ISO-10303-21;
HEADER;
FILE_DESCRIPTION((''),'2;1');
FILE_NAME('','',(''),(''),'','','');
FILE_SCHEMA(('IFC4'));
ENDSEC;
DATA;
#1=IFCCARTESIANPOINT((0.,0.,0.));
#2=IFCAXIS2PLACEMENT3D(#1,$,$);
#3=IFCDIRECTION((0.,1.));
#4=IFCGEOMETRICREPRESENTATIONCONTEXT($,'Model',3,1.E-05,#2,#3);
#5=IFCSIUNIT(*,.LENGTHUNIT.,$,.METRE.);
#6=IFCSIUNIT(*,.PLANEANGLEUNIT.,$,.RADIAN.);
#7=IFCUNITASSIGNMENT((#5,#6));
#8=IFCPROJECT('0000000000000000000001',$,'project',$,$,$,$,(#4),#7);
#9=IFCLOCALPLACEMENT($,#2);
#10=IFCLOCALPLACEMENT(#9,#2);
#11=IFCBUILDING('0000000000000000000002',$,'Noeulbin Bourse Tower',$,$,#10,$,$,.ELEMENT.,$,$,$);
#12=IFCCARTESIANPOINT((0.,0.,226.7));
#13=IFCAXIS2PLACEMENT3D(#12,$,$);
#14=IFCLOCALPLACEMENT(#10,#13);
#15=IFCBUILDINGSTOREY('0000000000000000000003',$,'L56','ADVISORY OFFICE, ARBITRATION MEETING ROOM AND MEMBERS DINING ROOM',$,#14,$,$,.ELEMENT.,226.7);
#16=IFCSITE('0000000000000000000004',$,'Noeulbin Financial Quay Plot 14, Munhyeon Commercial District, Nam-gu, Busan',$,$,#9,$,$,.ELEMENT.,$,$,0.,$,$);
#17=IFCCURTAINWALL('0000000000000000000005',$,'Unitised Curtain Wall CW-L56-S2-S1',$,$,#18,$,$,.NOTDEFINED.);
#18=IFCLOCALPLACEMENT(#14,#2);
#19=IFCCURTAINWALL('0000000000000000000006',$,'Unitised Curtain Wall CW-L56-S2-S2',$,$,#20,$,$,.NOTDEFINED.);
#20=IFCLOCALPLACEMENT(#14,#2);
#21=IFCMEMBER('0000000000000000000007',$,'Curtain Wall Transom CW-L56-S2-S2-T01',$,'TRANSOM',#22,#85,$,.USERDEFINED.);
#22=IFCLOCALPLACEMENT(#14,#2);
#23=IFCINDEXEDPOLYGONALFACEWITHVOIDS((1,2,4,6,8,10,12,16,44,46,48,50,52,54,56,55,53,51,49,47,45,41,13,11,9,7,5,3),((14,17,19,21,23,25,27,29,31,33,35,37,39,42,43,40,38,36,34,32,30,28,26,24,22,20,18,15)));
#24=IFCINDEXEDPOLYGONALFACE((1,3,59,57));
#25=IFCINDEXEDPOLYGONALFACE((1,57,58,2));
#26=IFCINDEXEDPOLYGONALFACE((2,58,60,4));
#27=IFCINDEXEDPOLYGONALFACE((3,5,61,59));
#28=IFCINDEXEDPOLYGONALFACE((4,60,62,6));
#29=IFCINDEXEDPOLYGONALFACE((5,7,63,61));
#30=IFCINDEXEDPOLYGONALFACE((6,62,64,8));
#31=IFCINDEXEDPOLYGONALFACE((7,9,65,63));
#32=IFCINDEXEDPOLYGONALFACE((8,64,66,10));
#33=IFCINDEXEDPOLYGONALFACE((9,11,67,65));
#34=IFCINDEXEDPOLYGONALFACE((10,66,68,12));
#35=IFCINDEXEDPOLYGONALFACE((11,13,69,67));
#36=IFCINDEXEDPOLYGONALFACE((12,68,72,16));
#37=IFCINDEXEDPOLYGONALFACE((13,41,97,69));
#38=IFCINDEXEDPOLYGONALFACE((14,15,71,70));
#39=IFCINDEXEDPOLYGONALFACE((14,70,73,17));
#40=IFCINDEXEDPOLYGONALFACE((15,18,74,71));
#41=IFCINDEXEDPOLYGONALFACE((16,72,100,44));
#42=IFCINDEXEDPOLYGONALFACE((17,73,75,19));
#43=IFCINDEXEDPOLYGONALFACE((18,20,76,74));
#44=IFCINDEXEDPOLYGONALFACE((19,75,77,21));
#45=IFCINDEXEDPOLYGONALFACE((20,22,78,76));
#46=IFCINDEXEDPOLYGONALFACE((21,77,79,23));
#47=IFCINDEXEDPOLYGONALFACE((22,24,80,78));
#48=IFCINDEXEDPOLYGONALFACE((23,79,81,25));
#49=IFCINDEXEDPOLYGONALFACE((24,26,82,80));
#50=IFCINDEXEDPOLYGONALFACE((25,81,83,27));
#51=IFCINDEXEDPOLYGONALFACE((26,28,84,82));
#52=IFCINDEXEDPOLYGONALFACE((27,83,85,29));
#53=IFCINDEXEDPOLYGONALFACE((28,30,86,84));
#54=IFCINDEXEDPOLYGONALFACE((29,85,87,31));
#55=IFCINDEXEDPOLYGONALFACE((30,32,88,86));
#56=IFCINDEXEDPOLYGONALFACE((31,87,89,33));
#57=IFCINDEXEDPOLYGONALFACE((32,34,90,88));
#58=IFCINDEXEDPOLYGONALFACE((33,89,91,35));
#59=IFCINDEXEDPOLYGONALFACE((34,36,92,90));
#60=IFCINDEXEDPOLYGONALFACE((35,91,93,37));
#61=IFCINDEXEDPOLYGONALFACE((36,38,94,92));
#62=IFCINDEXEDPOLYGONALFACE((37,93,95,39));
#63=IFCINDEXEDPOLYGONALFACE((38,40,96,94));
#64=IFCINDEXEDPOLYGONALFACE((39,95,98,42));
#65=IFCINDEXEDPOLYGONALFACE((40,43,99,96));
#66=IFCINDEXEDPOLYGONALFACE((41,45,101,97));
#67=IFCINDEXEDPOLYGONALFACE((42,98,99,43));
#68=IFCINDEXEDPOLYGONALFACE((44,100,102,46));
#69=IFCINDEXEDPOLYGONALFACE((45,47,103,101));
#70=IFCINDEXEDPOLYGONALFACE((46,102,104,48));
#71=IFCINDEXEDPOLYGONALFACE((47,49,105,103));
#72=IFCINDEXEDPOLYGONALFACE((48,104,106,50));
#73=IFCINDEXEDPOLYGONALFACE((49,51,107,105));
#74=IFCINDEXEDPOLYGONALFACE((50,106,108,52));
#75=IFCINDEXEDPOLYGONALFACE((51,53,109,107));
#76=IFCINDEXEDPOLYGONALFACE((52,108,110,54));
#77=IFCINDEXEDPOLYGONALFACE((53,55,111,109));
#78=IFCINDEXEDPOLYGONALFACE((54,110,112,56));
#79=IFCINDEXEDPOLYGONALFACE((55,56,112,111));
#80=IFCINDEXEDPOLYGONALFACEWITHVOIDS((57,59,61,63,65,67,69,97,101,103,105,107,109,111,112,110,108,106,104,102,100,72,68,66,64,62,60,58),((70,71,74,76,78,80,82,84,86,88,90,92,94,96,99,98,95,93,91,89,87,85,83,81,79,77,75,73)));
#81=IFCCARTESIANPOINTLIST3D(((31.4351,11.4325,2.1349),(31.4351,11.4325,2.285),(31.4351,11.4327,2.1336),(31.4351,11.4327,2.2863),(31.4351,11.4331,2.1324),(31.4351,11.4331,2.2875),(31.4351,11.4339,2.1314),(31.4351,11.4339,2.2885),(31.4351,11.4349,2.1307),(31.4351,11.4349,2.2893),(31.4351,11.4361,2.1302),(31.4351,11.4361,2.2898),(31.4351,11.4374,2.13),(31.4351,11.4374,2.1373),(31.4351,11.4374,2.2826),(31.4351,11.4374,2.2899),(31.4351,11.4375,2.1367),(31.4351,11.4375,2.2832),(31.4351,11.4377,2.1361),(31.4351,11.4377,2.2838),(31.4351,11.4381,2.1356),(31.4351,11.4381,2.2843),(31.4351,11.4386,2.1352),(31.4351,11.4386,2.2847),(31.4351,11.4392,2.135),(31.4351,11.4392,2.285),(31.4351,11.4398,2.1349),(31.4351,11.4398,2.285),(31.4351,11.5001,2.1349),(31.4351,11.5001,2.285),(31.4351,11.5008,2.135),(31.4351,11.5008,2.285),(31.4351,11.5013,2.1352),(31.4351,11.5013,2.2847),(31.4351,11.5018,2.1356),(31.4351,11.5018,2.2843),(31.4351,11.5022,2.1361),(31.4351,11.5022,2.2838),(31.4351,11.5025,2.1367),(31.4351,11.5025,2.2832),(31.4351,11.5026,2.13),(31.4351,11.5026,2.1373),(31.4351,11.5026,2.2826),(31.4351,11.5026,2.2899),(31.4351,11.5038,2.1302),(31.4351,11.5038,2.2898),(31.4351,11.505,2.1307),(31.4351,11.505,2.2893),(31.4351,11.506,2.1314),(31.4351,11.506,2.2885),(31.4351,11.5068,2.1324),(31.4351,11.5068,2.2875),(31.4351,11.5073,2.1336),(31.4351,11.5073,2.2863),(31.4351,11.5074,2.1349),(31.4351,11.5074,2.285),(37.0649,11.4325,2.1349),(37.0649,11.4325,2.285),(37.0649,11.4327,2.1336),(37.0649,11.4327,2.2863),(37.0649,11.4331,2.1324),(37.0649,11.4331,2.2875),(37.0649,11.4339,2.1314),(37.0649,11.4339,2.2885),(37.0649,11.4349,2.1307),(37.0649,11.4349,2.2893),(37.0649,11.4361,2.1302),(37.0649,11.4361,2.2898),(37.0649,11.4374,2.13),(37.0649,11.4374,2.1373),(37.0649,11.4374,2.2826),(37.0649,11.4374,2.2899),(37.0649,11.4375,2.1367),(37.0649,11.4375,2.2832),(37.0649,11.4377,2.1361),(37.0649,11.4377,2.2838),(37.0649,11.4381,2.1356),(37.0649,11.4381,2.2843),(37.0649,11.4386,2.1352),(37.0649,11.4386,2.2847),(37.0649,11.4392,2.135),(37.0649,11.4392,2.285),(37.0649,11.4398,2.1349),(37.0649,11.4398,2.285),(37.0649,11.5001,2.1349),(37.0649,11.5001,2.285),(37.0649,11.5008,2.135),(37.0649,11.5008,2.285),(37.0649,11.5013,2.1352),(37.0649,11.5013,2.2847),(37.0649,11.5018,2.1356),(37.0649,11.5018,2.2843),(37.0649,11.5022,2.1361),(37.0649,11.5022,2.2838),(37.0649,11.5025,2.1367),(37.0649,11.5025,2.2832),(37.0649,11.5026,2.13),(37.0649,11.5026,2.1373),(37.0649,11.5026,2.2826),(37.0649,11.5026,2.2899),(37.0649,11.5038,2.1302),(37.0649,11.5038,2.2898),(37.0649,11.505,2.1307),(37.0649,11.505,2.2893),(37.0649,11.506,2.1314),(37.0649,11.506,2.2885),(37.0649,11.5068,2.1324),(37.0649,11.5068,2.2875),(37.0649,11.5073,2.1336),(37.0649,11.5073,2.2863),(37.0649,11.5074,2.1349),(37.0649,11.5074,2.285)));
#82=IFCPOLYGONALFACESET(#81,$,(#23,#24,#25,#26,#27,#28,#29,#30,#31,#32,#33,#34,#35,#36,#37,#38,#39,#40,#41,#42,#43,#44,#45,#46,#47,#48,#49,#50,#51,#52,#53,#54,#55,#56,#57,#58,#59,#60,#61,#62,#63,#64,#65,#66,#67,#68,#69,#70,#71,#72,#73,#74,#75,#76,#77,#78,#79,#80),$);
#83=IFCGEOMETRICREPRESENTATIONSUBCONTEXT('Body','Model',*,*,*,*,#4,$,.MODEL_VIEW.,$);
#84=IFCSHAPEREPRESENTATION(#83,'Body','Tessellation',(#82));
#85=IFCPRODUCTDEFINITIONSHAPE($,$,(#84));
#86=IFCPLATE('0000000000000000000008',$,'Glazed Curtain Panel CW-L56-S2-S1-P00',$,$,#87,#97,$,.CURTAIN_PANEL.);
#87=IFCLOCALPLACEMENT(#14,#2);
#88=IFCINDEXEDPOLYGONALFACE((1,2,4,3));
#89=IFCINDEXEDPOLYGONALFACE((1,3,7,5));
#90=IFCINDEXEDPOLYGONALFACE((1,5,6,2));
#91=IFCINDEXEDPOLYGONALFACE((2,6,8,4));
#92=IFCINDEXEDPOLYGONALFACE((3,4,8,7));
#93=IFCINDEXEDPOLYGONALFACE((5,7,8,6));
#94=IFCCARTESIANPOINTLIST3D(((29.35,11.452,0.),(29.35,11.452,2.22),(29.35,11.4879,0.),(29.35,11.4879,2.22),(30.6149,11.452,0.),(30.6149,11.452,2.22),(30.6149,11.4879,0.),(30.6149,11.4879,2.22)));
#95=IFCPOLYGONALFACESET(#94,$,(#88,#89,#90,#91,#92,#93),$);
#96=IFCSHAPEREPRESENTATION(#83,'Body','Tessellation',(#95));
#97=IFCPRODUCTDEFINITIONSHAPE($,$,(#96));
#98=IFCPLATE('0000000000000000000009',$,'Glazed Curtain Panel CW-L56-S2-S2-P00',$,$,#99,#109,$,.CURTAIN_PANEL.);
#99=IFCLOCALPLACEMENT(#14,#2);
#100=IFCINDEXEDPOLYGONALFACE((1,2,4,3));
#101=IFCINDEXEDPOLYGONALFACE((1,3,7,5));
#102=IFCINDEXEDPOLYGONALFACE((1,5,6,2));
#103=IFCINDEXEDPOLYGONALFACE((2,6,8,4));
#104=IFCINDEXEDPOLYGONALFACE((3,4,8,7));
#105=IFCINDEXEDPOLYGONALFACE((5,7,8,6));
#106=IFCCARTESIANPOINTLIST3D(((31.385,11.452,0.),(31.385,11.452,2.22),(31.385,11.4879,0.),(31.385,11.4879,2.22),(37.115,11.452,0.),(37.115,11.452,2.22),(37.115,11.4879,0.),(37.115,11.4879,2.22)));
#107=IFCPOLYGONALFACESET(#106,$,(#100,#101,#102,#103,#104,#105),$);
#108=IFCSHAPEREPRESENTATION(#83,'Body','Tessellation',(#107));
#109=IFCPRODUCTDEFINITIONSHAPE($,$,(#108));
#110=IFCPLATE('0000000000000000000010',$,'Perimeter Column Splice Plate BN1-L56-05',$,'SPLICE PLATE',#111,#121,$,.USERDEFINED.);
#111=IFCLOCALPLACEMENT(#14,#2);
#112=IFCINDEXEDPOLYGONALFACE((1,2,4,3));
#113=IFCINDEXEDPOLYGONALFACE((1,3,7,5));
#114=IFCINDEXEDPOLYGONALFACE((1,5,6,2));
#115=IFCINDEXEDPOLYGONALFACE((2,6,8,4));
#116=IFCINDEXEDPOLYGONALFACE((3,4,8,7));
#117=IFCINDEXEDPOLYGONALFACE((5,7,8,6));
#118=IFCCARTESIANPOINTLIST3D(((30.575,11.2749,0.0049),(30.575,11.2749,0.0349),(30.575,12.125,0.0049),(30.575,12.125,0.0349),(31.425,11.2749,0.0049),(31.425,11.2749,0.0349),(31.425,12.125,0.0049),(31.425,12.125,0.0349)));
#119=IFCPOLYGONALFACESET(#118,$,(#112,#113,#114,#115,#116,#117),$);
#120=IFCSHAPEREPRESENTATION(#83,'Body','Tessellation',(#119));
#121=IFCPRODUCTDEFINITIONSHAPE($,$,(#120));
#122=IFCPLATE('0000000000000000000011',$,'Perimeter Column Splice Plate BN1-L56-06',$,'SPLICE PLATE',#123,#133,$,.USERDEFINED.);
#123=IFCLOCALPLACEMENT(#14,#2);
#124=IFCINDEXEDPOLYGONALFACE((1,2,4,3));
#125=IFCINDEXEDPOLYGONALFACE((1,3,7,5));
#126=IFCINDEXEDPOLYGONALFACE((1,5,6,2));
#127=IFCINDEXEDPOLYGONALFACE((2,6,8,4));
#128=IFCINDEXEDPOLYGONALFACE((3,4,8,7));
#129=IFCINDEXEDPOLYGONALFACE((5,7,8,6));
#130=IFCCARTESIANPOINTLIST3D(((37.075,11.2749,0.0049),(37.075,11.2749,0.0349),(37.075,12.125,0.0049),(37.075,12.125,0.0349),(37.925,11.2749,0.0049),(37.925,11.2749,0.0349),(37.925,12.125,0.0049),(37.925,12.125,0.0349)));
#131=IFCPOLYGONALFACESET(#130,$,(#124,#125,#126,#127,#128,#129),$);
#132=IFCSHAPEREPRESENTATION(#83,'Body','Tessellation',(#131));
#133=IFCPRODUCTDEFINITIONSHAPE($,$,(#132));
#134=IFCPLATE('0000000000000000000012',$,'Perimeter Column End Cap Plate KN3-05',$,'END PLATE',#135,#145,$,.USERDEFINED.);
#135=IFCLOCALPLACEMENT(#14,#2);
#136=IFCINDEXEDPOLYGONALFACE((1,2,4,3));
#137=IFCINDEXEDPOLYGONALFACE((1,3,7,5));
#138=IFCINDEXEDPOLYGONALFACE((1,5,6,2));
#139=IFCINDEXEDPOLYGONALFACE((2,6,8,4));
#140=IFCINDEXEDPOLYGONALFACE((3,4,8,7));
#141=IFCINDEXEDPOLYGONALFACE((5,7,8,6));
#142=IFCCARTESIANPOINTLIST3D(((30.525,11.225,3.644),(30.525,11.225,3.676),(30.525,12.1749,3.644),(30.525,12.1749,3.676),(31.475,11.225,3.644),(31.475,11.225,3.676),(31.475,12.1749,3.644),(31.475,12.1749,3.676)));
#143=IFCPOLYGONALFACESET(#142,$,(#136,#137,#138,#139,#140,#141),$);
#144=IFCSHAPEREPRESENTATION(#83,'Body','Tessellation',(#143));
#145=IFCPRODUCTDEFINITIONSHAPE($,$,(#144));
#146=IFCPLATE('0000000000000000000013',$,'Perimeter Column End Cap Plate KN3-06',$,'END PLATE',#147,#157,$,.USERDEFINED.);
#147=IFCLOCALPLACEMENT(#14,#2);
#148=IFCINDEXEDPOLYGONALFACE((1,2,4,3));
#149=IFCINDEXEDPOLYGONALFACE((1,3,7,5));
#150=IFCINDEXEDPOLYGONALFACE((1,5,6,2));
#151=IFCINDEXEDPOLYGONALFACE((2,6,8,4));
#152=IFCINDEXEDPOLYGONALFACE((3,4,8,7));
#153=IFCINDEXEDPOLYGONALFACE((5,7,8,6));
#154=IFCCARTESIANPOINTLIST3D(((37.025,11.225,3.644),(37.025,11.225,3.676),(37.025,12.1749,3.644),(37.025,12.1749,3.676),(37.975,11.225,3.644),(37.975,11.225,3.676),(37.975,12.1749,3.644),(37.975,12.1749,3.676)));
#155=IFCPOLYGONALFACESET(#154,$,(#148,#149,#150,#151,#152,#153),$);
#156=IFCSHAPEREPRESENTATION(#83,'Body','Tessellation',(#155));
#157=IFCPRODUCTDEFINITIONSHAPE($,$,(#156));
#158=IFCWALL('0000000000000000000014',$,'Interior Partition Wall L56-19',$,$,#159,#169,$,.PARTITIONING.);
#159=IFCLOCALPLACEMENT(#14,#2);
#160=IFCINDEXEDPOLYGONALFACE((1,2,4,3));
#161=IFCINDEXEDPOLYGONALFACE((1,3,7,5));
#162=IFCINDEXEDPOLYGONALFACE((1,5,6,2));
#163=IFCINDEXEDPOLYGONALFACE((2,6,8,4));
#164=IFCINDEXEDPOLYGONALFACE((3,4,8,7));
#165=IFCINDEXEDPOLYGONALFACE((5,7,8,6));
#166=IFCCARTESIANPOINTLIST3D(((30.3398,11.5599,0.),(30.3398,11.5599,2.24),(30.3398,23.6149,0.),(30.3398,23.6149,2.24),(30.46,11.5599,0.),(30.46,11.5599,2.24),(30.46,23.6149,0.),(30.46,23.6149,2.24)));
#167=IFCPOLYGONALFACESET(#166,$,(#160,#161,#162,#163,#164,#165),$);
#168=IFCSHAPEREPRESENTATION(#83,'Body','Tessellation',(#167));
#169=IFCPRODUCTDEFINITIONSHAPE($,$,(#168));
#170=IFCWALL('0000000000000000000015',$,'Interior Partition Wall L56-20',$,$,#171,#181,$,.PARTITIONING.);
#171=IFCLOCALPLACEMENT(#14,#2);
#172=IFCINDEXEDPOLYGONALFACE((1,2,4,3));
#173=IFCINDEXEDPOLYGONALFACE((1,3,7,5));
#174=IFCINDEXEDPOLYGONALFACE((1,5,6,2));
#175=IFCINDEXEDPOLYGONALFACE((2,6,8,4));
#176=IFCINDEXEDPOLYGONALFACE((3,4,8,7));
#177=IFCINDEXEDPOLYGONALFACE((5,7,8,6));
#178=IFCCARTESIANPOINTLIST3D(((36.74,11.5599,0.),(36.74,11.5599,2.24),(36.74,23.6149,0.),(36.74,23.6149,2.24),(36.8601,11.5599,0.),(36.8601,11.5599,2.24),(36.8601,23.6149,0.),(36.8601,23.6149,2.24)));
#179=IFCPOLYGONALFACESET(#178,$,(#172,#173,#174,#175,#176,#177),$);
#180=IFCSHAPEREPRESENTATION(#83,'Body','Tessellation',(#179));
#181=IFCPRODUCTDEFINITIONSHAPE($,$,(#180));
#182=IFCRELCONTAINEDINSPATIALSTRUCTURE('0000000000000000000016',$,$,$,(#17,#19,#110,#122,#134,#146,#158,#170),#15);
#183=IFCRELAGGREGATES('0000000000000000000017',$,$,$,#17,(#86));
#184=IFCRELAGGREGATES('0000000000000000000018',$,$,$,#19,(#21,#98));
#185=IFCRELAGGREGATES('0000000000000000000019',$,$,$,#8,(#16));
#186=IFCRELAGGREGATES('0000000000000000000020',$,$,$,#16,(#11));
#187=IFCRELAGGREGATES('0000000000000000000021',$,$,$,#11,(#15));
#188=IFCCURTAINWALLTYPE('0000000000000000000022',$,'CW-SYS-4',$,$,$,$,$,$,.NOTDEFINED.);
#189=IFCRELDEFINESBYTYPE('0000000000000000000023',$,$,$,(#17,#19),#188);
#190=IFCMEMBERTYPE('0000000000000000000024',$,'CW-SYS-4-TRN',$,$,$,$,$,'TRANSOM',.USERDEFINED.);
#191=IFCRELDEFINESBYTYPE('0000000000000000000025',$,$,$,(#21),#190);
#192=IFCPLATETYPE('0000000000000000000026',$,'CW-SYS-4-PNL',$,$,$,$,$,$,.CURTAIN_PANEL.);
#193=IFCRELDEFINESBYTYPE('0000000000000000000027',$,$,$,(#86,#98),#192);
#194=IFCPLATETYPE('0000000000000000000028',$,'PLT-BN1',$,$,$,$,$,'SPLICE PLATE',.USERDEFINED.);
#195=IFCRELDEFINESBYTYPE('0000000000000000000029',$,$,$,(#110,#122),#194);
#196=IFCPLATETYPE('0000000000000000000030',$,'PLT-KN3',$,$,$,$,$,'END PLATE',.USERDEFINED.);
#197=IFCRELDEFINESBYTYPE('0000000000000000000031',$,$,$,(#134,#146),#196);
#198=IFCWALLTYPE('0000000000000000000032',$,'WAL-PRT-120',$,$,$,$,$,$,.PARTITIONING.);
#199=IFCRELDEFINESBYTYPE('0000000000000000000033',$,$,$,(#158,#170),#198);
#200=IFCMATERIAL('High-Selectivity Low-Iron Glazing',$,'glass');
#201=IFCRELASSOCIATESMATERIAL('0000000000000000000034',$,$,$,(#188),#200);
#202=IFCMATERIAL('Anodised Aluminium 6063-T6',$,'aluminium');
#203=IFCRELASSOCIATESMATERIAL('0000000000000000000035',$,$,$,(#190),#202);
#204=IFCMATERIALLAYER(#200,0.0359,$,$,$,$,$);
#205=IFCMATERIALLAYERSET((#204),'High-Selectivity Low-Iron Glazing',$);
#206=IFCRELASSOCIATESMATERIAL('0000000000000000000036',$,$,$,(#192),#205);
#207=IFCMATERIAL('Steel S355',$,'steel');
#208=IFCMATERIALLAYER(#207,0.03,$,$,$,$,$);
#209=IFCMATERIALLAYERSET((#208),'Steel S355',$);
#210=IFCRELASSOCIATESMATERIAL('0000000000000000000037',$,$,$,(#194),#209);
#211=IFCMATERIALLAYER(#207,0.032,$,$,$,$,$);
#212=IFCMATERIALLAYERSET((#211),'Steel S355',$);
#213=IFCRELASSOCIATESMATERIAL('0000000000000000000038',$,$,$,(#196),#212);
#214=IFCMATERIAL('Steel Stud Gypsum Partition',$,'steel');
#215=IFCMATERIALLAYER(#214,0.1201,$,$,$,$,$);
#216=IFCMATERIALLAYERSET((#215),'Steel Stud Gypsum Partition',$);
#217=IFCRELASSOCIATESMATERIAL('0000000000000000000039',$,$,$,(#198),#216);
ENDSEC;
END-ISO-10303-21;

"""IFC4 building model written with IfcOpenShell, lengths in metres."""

from ifc_helpers import new_model, si_unit, direction, frame, frame_2d, origin, origin_2d, place, context, subcontext, project, spatial, rectangle, hollow_rectangle, extrude, material, layer, layer_set, material_profile, profile_set, type_object, element, aggregate, save


model = new_model("IFC4")

# Units and contexts
model_context = context("Model", 3, precision=1e-05, world=origin(), true_north=direction((0.0, 1.0)))
body_context = subcontext(model_context, "Body", "Model", "MODEL_VIEW")
ifc_project = project(units=[si_unit("LENGTHUNIT", "METRE"), si_unit("PLANEANGLEUNIT", "RADIAN")], contexts=[model_context])

# Site, building, storey
site_placement = place(None, origin())
site = spatial("IfcSite", under=ifc_project, at=site_placement, Name="Noeulbin Financial Quay Plot 14, Munhyeon Commercial District, Nam-gu, Busan", CompositionType="ELEMENT", RefElevation=0.0)
building_placement = place(site_placement, origin())
building = spatial("IfcBuilding", under=site, at=building_placement, Name="Noeulbin Bourse Tower", CompositionType="ELEMENT")
storey_placement = place(building_placement, frame((0.0, 0.0, 226.7)))
storey = spatial("IfcBuildingStorey", under=building, at=storey_placement, Name="L56", Description="ADVISORY OFFICE, ARBITRATION MEETING ROOM AND MEMBERS DINING ROOM", CompositionType="ELEMENT", Elevation=226.7)

# Shared definitions
ifc_material_1 = material(Name="Steel S355", Category="steel")

# Curtain wall
ifc_material_2 = material(Name="High-Selectivity Low-Iron Glazing", Category="glass")
curtain_wall_type = type_object("IfcCurtainWallType", Name="CW-SYS-4", PredefinedType="NOTDEFINED", material=ifc_material_2)
curtain_wall_1_placement = place(storey_placement, origin())
curtain_wall_1 = element("IfcCurtainWall", 1, at=curtain_wall_1_placement, inside=storey, type_object=curtain_wall_type, Name="Unitised Curtain Wall CW-L56-S2-S1", PredefinedType="NOTDEFINED")
ifc_material_3 = material(Name="Anodised Aluminium 6063-T6", Category="aluminium")

# Curtain wall
curtain_wall_2_placement = place(storey_placement, origin())
curtain_wall_2 = element("IfcCurtainWall", 2, at=curtain_wall_2_placement, inside=storey, type_object=curtain_wall_type, Name="Unitised Curtain Wall CW-L56-S2-S2", PredefinedType="NOTDEFINED")

# Member
ifc_material_profile_1 = material_profile(ifc_material_3, hollow_rectangle(XDim=0.075, YDim=0.1599, WallThickness=0.0049, InnerFilletRadius=0.0024, OuterFilletRadius=0.0049, at=origin_2d()), Name="ALU-TRAN-75x160x5", Category="LoadBearing")
ifc_profile_set_1 = profile_set([ifc_material_profile_1], Name="Anodised Aluminium 6063-T6")
member_type_1 = type_object("IfcMemberType", Name="CW-SYS-4-TRN", ElementType="TRANSOM", PredefinedType="USERDEFINED", material=ifc_profile_set_1)
member_1_placement = place(storey_placement, frame((31.4351, 11.47, 2.21), z_axis=(1.0, 0.0, 0.0), x_axis=(0.0, 1.0, 0.0)))
member_1 = element("IfcMember", 3, at=member_1_placement, type_object=member_type_1, Name="Curtain Wall Transom CW-L56-S2-S2-T01", ObjectType="TRANSOM", PredefinedType="USERDEFINED", context=body_context, shape_type="SweptSolid", body=[
    extrude(hollow_rectangle(XDim=0.075, YDim=0.1599, WallThickness=0.0049, InnerFilletRadius=0.0024, OuterFilletRadius=0.0049, at=origin_2d()), origin(), (0.0, 0.0, 1.0), 5.6299),
])

# Plates
ifc_layer_1 = layer(ifc_material_2, 0.0359)
ifc_layer_set_1 = layer_set([ifc_layer_1], Name="High-Selectivity Low-Iron Glazing")
plate_type_1 = type_object("IfcPlateType", Name="CW-SYS-4-PNL", PredefinedType="CURTAIN_PANEL", material=ifc_layer_set_1)
plate_1_placement = place(storey_placement, frame((29.9824, 11.47, 0.0), z_axis=(0.0, 0.0, 1.0), x_axis=(1.0, 0.0, 0.0)))
plate_1 = element("IfcPlate", 4, at=plate_1_placement, type_object=plate_type_1, Name="Glazed Curtain Panel CW-L56-S2-S1-P00", PredefinedType="CURTAIN_PANEL", context=body_context, shape_type="SweptSolid", body=[
    extrude(rectangle(XDim=1.2649, YDim=0.0359, at=origin_2d()), origin(), (0.0, 0.0, 1.0), 2.22),
])
aggregate(curtain_wall_1, [plate_1])
plate_2_placement = place(storey_placement, frame((34.25, 11.47, 0.0), z_axis=(0.0, 0.0, 1.0), x_axis=(1.0, 0.0, 0.0)))
plate_2 = element("IfcPlate", 5, at=plate_2_placement, type_object=plate_type_1, Name="Glazed Curtain Panel CW-L56-S2-S2-P00", PredefinedType="CURTAIN_PANEL", context=body_context, shape_type="SweptSolid", body=[
    extrude(rectangle(XDim=5.73, YDim=0.0359, at=origin_2d()), origin(), (0.0, 0.0, 1.0), 2.22),
])
aggregate(curtain_wall_2, [member_1, plate_2])

# Plates
ifc_layer_2 = layer(ifc_material_1, 0.03)
ifc_layer_set_2 = layer_set([ifc_layer_2], Name="Steel S355")
plate_type_2 = type_object("IfcPlateType", Name="PLT-BN1", ElementType="SPLICE PLATE", PredefinedType="USERDEFINED", material=ifc_layer_set_2)
for number, where, z_axis, x_axis, name in (
    (6, (31.0, 11.7, 0.0049), (0.0, 0.0, 1.0), (1.0, 0.0, 0.0), "Perimeter Column Splice Plate BN1-L56-05"),
    (7, (37.5, 11.7, 0.0049), (0.0, 0.0, 1.0), (1.0, 0.0, 0.0), "Perimeter Column Splice Plate BN1-L56-06"),
):
    element("IfcPlate", number, at=place(storey_placement, frame(where, z_axis=z_axis, x_axis=x_axis)), inside=storey, type_object=plate_type_2, Name=name, ObjectType="SPLICE PLATE", PredefinedType="USERDEFINED", context=body_context, shape_type="SweptSolid", body=[
        extrude(rectangle(XDim=0.8501, YDim=0.8501, at=origin_2d()), origin(), (0.0, 0.0, 1.0), 0.03),
    ])
ifc_layer_3 = layer(ifc_material_1, 0.032)
ifc_layer_set_3 = layer_set([ifc_layer_3], Name="Steel S355")
plate_type_3 = type_object("IfcPlateType", Name="PLT-KN3", ElementType="END PLATE", PredefinedType="USERDEFINED", material=ifc_layer_set_3)
for number, where, z_axis, x_axis, name in (
    (8, (31.0, 11.7, 3.644), (0.0, 0.0, 1.0), (1.0, 0.0, 0.0), "Perimeter Column End Cap Plate KN3-05"),
    (9, (37.5, 11.7, 3.644), (0.0, 0.0, 1.0), (1.0, 0.0, 0.0), "Perimeter Column End Cap Plate KN3-06"),
):
    element("IfcPlate", number, at=place(storey_placement, frame(where, z_axis=z_axis, x_axis=x_axis)), inside=storey, type_object=plate_type_3, Name=name, ObjectType="END PLATE", PredefinedType="USERDEFINED", context=body_context, shape_type="SweptSolid", body=[
        extrude(rectangle(XDim=0.95, YDim=0.95, at=origin_2d()), origin(), (0.0, 0.0, 1.0), 0.032),
    ])

# Walls
ifc_material_4 = material(Name="Steel Stud Gypsum Partition", Category="steel")
ifc_layer_4 = layer(ifc_material_4, 0.1201)
ifc_layer_set_4 = layer_set([ifc_layer_4], Name="Steel Stud Gypsum Partition")
wall_type = type_object("IfcWallType", Name="WAL-PRT-120", PredefinedType="PARTITIONING", material=ifc_layer_set_4)
for number, where, z_axis, x_axis, name in (
    (10, (30.3999, 11.5601, 0.0), (0.0, 0.0, 1.0), (0.0, 1.0, 0.0), "Interior Partition Wall L56-19"),
    (11, (36.8, 11.5601, 0.0), (0.0, 0.0, 1.0), (0.0, 1.0, 0.0), "Interior Partition Wall L56-20"),
):
    element("IfcWall", number, at=place(storey_placement, frame(where, z_axis=z_axis, x_axis=x_axis)), inside=storey, type_object=wall_type, Name=name, PredefinedType="PARTITIONING", context=body_context, shape_type="SweptSolid", body=[
        extrude(rectangle(XDim=12.0549, YDim=0.1201, at=frame_2d((6.0273, 0.0))), origin(), (0.0, 0.0, 1.0), 2.24),
    ])

save(model, "model.ifc")
